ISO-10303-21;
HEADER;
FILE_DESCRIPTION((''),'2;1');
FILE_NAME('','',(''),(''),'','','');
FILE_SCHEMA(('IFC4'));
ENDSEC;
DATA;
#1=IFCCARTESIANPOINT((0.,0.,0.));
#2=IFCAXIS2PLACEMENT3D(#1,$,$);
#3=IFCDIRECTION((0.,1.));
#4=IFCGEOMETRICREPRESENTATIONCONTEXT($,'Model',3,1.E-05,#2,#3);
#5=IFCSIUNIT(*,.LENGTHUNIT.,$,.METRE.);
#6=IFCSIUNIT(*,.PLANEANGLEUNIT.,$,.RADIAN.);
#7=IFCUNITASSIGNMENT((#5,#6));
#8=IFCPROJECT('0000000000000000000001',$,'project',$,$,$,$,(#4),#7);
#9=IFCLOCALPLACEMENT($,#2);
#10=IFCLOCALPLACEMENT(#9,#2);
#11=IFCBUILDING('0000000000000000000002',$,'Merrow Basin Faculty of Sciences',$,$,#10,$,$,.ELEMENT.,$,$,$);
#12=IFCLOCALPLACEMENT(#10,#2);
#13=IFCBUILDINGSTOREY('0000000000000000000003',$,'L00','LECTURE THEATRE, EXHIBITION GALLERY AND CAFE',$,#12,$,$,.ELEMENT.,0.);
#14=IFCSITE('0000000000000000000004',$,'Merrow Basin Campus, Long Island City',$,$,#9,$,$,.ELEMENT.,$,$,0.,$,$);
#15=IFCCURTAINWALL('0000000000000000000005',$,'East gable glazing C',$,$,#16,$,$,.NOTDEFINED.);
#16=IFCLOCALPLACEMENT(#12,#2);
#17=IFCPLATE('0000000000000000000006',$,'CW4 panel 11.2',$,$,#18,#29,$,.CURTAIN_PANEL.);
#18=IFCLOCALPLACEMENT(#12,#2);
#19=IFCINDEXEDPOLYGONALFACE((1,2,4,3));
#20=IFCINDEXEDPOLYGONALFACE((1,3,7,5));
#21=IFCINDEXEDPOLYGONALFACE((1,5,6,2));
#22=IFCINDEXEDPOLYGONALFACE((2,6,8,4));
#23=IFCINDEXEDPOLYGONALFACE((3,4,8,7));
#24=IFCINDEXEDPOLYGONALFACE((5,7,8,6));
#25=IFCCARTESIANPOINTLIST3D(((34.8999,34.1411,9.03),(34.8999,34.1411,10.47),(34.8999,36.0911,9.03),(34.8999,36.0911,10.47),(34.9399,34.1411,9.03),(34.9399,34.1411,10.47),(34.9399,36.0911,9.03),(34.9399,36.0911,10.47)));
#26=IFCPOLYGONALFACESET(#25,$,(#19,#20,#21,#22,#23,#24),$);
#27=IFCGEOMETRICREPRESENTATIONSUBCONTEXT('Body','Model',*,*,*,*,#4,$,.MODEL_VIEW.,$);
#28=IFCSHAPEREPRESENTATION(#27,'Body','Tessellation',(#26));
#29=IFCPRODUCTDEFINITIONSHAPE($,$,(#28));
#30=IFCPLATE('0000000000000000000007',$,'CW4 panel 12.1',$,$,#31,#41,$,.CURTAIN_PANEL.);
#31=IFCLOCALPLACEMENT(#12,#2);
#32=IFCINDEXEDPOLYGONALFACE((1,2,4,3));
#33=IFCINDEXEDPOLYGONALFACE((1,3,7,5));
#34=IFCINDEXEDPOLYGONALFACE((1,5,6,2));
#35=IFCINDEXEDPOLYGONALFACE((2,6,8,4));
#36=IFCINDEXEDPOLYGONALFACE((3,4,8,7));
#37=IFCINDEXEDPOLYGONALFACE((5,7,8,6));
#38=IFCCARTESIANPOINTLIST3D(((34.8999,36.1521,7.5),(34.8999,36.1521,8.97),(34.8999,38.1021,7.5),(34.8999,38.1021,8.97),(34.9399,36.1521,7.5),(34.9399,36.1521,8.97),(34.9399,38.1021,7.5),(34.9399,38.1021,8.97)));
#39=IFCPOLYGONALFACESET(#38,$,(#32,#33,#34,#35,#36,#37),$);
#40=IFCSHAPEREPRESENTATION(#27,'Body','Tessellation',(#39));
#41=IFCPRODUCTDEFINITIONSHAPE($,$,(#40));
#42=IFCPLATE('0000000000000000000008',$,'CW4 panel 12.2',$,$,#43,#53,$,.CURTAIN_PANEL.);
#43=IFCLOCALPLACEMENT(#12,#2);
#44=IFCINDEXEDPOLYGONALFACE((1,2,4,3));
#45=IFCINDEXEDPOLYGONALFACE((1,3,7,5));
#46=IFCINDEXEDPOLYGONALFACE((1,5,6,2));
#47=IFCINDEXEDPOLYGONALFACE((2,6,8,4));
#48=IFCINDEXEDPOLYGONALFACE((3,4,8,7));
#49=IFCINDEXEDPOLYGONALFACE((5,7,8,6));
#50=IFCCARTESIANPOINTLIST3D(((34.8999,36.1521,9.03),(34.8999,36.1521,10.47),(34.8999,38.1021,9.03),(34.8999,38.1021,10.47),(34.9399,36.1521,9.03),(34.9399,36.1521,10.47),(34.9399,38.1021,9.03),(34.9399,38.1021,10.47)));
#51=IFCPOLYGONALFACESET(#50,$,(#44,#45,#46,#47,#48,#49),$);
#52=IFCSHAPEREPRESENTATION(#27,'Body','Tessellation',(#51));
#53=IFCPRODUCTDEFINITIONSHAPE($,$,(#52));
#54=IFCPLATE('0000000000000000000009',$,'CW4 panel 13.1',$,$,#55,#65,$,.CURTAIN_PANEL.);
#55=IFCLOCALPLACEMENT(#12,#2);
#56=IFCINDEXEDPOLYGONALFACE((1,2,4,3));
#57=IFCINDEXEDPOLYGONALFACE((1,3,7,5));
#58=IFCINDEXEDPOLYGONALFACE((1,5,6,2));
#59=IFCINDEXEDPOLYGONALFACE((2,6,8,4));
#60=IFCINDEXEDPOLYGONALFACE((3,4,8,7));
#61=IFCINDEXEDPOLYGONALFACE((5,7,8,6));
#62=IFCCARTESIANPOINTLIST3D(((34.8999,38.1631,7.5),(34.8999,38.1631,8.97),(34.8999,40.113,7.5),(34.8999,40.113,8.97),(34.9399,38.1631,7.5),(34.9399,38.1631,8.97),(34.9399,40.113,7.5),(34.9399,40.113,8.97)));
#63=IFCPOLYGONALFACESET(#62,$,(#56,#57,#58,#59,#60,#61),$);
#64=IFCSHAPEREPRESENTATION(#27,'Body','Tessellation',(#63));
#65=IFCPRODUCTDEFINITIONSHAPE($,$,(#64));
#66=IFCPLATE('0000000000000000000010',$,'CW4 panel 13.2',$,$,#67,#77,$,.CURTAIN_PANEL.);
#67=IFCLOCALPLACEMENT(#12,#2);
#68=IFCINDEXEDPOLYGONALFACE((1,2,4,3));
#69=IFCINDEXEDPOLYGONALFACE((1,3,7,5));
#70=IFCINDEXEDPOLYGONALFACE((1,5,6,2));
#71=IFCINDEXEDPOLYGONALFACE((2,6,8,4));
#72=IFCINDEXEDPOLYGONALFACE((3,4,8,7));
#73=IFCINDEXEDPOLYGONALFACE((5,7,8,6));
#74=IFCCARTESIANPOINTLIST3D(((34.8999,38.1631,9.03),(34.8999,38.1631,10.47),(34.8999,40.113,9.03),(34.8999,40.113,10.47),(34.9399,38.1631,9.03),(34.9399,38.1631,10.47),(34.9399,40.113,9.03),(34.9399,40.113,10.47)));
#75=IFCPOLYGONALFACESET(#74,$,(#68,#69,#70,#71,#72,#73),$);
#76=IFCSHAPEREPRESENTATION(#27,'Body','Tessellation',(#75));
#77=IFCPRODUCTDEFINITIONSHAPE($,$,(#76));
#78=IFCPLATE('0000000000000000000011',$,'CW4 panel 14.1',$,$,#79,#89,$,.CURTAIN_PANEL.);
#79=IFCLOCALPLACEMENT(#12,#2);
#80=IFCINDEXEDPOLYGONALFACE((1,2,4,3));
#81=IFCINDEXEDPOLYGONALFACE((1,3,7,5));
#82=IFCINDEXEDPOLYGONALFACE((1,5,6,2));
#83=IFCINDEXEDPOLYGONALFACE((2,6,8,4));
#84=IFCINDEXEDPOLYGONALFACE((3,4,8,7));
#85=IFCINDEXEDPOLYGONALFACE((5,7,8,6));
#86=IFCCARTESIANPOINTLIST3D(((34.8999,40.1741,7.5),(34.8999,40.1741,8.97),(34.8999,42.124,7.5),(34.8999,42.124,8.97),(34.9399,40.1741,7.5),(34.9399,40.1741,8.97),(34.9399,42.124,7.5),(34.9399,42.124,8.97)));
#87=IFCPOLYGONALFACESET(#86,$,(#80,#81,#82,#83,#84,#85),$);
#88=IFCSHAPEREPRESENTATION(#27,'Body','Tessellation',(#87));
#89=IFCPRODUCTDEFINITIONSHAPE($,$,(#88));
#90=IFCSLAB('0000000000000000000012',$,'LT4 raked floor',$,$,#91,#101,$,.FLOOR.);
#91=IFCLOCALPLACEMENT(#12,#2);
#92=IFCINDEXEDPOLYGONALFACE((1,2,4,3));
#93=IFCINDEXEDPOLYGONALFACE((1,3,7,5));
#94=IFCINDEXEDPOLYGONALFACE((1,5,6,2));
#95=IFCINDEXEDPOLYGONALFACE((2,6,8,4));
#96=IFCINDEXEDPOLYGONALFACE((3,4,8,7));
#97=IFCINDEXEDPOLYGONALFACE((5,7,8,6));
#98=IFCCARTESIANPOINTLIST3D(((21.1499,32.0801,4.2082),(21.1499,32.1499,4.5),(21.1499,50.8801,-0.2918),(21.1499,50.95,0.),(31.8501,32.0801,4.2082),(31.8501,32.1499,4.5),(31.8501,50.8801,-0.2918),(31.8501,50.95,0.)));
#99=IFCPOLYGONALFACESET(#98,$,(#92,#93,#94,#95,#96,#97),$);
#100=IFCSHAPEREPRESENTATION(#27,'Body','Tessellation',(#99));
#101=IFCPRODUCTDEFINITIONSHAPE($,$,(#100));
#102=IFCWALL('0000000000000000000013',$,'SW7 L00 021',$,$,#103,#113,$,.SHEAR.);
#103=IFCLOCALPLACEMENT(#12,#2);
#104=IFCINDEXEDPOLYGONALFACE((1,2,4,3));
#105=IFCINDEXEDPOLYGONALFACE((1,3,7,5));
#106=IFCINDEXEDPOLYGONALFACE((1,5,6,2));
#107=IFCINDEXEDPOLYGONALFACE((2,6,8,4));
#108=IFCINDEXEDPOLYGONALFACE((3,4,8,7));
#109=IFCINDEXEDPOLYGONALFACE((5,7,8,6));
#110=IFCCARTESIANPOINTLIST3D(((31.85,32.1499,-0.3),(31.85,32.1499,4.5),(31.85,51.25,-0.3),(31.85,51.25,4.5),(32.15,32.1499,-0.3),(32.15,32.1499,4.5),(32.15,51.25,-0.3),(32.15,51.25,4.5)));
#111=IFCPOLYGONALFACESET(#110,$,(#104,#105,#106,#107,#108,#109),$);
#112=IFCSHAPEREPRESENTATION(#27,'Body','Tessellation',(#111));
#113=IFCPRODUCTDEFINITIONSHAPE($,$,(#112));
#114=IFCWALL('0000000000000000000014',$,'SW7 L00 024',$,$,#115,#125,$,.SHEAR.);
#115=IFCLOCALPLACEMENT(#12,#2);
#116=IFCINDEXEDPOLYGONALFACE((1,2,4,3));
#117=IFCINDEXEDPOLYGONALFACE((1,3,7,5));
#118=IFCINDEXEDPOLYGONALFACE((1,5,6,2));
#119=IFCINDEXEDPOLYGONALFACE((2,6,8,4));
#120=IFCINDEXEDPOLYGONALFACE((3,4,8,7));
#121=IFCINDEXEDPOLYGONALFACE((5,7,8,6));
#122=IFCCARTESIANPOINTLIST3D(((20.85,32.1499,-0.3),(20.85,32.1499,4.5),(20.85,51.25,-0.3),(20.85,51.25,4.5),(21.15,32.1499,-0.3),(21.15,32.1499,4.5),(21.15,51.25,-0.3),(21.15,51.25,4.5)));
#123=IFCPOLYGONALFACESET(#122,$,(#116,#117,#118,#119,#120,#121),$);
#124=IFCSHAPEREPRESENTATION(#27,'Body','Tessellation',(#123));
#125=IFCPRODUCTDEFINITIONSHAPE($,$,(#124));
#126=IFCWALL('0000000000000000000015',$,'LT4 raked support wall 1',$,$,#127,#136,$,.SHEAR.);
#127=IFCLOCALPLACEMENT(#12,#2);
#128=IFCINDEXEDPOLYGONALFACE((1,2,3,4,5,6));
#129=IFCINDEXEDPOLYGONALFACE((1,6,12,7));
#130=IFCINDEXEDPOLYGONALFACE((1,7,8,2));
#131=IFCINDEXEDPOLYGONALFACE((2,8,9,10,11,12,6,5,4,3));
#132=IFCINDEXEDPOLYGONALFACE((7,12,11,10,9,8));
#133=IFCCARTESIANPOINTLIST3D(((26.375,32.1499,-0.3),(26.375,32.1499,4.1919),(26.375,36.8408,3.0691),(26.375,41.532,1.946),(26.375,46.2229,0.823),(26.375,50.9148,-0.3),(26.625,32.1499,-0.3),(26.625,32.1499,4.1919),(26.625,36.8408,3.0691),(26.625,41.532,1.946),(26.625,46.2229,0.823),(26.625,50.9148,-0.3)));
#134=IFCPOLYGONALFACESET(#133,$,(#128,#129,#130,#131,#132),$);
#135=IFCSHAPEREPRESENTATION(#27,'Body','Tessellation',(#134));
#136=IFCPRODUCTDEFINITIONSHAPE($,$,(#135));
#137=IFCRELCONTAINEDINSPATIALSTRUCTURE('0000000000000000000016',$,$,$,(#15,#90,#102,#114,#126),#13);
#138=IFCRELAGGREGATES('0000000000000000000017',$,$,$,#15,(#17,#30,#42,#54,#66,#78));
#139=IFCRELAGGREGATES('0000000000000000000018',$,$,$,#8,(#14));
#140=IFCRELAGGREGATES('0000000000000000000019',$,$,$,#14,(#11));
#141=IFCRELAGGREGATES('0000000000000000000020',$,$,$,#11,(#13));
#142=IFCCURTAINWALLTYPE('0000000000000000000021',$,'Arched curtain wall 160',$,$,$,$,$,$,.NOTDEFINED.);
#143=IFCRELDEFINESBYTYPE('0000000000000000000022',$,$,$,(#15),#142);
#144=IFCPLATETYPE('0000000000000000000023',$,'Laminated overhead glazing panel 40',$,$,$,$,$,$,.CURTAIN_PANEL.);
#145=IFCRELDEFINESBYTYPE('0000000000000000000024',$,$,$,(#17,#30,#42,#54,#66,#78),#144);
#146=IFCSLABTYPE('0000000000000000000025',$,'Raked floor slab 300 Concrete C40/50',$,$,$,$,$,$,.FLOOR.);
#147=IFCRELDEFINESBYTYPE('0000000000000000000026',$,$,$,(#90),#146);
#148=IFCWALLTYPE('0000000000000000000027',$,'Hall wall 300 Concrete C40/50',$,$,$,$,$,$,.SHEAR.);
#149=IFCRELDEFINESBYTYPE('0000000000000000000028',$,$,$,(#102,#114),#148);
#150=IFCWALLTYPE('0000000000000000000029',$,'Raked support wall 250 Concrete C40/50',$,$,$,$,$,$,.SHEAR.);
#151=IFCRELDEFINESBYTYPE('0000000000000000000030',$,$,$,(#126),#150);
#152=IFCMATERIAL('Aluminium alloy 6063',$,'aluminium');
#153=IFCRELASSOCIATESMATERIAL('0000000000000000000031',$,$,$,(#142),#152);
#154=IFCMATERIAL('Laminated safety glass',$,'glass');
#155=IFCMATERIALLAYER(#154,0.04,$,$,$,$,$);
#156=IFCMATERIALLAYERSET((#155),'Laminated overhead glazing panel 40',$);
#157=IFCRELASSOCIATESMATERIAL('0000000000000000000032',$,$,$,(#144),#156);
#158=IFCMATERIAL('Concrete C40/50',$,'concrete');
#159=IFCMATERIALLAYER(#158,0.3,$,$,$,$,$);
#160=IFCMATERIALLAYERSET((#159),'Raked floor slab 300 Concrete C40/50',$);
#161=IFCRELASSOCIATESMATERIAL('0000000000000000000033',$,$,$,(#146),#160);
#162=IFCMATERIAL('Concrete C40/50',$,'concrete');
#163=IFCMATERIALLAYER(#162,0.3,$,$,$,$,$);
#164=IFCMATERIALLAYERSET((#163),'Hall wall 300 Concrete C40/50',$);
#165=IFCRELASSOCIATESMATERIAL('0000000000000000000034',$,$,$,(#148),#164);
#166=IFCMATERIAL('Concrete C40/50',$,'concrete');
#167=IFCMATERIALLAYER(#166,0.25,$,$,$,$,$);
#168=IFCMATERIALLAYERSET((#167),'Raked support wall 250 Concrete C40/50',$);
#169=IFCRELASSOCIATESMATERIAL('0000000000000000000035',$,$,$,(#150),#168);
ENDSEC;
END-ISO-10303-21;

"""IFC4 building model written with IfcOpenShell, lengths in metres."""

from ifc_helpers import new_model, si_unit, direction, frame, frame_2d, origin, place, context, subcontext, project, spatial, polyline, rectangle, outline, extrude, material, layer, layer_set, type_object, element, aggregate, save


model = new_model("IFC4")

# Units and contexts
model_context = context("Model", 3, precision=1e-05, world=origin(), true_north=direction((0.0, 1.0)))
body_context = subcontext(model_context, "Body", "Model", "MODEL_VIEW")
ifc_project = project(units=[si_unit("LENGTHUNIT", "METRE"), si_unit("PLANEANGLEUNIT", "RADIAN")], contexts=[model_context])

# Site, building, storey
site_placement = place(None, origin())
site = spatial("IfcSite", under=ifc_project, at=site_placement, Name="Merrow Basin Campus, Long Island City", CompositionType="ELEMENT", RefElevation=0.0)
building_placement = place(site_placement, origin())
building = spatial("IfcBuilding", under=site, at=building_placement, Name="Merrow Basin Faculty of Sciences", CompositionType="ELEMENT")
storey_placement = place(building_placement, origin())
storey = spatial("IfcBuildingStorey", under=building, at=storey_placement, Name="L00", Description="LECTURE THEATRE, EXHIBITION GALLERY AND CAFE", CompositionType="ELEMENT", Elevation=0.0)

# Curtain wall, plates
ifc_material_1 = material(Name="Aluminium alloy 6063", Category="aluminium")
curtain_wall_type = type_object("IfcCurtainWallType", Name="Arched curtain wall 160", PredefinedType="NOTDEFINED", material=ifc_material_1)
curtain_wall_placement = place(storey_placement, origin())
curtain_wall = element("IfcCurtainWall", 1, at=curtain_wall_placement, inside=storey, type_object=curtain_wall_type, Name="East gable glazing C", PredefinedType="NOTDEFINED")
ifc_material_2 = material(Name="Laminated safety glass", Category="glass")
ifc_layer_1 = layer(ifc_material_2, 0.04)
ifc_layer_set_1 = layer_set([ifc_layer_1], Name="Laminated overhead glazing panel 40")
plate_type = type_object("IfcPlateType", Name="Laminated overhead glazing panel 40", PredefinedType="CURTAIN_PANEL", material=ifc_layer_set_1)
plate_1_placement = place(storey_placement, frame((34.8999, 34.1411, 9.03), z_axis=(1.0, 0.0, 0.0), x_axis=(0.0, 1.0, 0.0)))
plate_1 = element("IfcPlate", 2, at=plate_1_placement, type_object=plate_type, Name="CW4 panel 11.2", PredefinedType="CURTAIN_PANEL", context=body_context, shape_type="SweptSolid", body=[
    extrude(outline(polyline([(0.0, 0.0), (1.95, 0.0), (1.95, 1.4399), (0.0, 1.4399), (0.0, 0.0)])), origin(), (0.0, 0.0, 1.0), 0.04),
])
plate_2_placement = place(storey_placement, frame((34.8999, 36.1521, 7.5), z_axis=(1.0, 0.0, 0.0), x_axis=(0.0, 1.0, 0.0)))
plate_2 = element("IfcPlate", 3, at=plate_2_placement, type_object=plate_type, Name="CW4 panel 12.1", PredefinedType="CURTAIN_PANEL", context=body_context, shape_type="SweptSolid", body=[
    extrude(outline(polyline([(0.0, 0.0), (1.95, 0.0), (1.95, 1.47), (0.0, 1.47), (0.0, 0.0)])), origin(), (0.0, 0.0, 1.0), 0.04),
])
plate_3_placement = place(storey_placement, frame((34.8999, 36.1521, 9.03), z_axis=(1.0, 0.0, 0.0), x_axis=(0.0, 1.0, 0.0)))
plate_3 = element("IfcPlate", 4, at=plate_3_placement, type_object=plate_type, Name="CW4 panel 12.2", PredefinedType="CURTAIN_PANEL", context=body_context, shape_type="SweptSolid", body=[
    extrude(outline(polyline([(0.0, 0.0), (1.95, 0.0), (1.95, 1.4399), (0.0, 1.4399), (0.0, 0.0)])), origin(), (0.0, 0.0, 1.0), 0.04),
])
plate_4_placement = place(storey_placement, frame((34.8999, 38.1631, 7.5), z_axis=(1.0, 0.0, 0.0), x_axis=(0.0, 1.0, 0.0)))
plate_4 = element("IfcPlate", 5, at=plate_4_placement, type_object=plate_type, Name="CW4 panel 13.1", PredefinedType="CURTAIN_PANEL", context=body_context, shape_type="SweptSolid", body=[
    extrude(outline(polyline([(0.0, 0.0), (1.95, 0.0), (1.95, 1.47), (0.0, 1.47), (0.0, 0.0)])), origin(), (0.0, 0.0, 1.0), 0.04),
])
plate_5_placement = place(storey_placement, frame((34.8999, 38.1631, 9.03), z_axis=(1.0, 0.0, 0.0), x_axis=(0.0, 1.0, 0.0)))
plate_5 = element("IfcPlate", 6, at=plate_5_placement, type_object=plate_type, Name="CW4 panel 13.2", PredefinedType="CURTAIN_PANEL", context=body_context, shape_type="SweptSolid", body=[
    extrude(outline(polyline([(0.0, 0.0), (1.95, 0.0), (1.95, 1.4399), (0.0, 1.4399), (0.0, 0.0)])), origin(), (0.0, 0.0, 1.0), 0.04),
])
plate_6_placement = place(storey_placement, frame((34.8999, 40.1741, 7.5), z_axis=(1.0, 0.0, 0.0), x_axis=(0.0, 1.0, 0.0)))
plate_6 = element("IfcPlate", 7, at=plate_6_placement, type_object=plate_type, Name="CW4 panel 14.1", PredefinedType="CURTAIN_PANEL", context=body_context, shape_type="SweptSolid", body=[
    extrude(outline(polyline([(0.0, 0.0), (1.95, 0.0), (1.95, 1.47), (0.0, 1.47), (0.0, 0.0)])), origin(), (0.0, 0.0, 1.0), 0.04),
])
aggregate(curtain_wall, [plate_1, plate_2, plate_3, plate_4, plate_5, plate_6])

# Slab
ifc_material_3 = material(Name="Concrete C40/50", Category="concrete")
ifc_layer_2 = layer(ifc_material_3, 0.3)
ifc_layer_set_2 = layer_set([ifc_layer_2], Name="Raked floor slab 300 Concrete C40/50")
slab_type = type_object("IfcSlabType", Name="Raked floor slab 300 Concrete C40/50", PredefinedType="FLOOR", material=ifc_layer_set_2)
slab_placement = place(storey_placement, frame((21.1499, 32.1499, 4.5), z_axis=(0.0, 0.232785, 0.972528), x_axis=(1.0, 0.0, 0.0)))
element("IfcSlab", 8, at=slab_placement, inside=storey, type_object=slab_type, Name="LT4 raked floor", PredefinedType="FLOOR", context=body_context, shape_type="SweptSolid", body=[
    extrude(outline(polyline([(0.0, 0.0), (10.7002, 0.0), (10.7002, 19.3311), (0.0, 19.3311), (0.0, 0.0)])), origin(), (0.0, 0.0, -1.0), 0.3),
])

# Walls
ifc_material_4 = material(Name="Concrete C40/50", Category="concrete")
ifc_layer_3 = layer(ifc_material_4, 0.3)
ifc_layer_set_3 = layer_set([ifc_layer_3], Name="Hall wall 300 Concrete C40/50")
wall_type_1 = type_object("IfcWallType", Name="Hall wall 300 Concrete C40/50", PredefinedType="SHEAR", material=ifc_layer_set_3)
for number, where, z_axis, x_axis, name in (
    (9, (32.0, 32.1499, -0.3), (0.0, 0.0, 1.0), (0.0, 1.0, 0.0), "SW7 L00 021"),
    (10, (21.0, 32.1499, -0.3), (0.0, 0.0, 1.0), (0.0, 1.0, 0.0), "SW7 L00 024"),
):
    element("IfcWall", number, at=place(storey_placement, frame(where, z_axis=z_axis, x_axis=x_axis)), inside=storey, type_object=wall_type_1, Name=name, PredefinedType="SHEAR", context=body_context, shape_type="SweptSolid", body=[
        extrude(rectangle(XDim=19.1001, YDim=0.3, at=frame_2d((9.55, 0.0))), origin(), (0.0, 0.0, 1.0), 4.8),
    ])
ifc_material_5 = material(Name="Concrete C40/50", Category="concrete")
ifc_layer_4 = layer(ifc_material_5, 0.25)
ifc_layer_set_4 = layer_set([ifc_layer_4], Name="Raked support wall 250 Concrete C40/50")
wall_type_2 = type_object("IfcWallType", Name="Raked support wall 250 Concrete C40/50", PredefinedType="SHEAR", material=ifc_layer_set_4)
wall_placement = place(storey_placement, frame((26.5, 32.1499, -0.3), z_axis=(0.0, 0.0, 1.0), x_axis=(0.0, 1.0, 0.0)))
element("IfcWall", 11, at=wall_placement, inside=storey, type_object=wall_type_2, Name="LT4 raked support wall 1", PredefinedType="SHEAR", context=body_context, shape_type="SweptSolid", body=[
    extrude(outline(polyline([(0.0, 0.0), (18.7651, 0.0), (18.7649, 0.0), (14.073, 1.123), (9.3821, 2.2461), (4.6909, 3.3691), (0.0, 4.4919), (0.0, 0.0)])), frame((0.0, 0.125, 0.0), z_axis=(0.0, -1.0, 0.0), x_axis=(1.0, 0.0, 0.0)), (0.0, 0.0, 1.0), 0.25),
])

save(model, "model.ifc")
